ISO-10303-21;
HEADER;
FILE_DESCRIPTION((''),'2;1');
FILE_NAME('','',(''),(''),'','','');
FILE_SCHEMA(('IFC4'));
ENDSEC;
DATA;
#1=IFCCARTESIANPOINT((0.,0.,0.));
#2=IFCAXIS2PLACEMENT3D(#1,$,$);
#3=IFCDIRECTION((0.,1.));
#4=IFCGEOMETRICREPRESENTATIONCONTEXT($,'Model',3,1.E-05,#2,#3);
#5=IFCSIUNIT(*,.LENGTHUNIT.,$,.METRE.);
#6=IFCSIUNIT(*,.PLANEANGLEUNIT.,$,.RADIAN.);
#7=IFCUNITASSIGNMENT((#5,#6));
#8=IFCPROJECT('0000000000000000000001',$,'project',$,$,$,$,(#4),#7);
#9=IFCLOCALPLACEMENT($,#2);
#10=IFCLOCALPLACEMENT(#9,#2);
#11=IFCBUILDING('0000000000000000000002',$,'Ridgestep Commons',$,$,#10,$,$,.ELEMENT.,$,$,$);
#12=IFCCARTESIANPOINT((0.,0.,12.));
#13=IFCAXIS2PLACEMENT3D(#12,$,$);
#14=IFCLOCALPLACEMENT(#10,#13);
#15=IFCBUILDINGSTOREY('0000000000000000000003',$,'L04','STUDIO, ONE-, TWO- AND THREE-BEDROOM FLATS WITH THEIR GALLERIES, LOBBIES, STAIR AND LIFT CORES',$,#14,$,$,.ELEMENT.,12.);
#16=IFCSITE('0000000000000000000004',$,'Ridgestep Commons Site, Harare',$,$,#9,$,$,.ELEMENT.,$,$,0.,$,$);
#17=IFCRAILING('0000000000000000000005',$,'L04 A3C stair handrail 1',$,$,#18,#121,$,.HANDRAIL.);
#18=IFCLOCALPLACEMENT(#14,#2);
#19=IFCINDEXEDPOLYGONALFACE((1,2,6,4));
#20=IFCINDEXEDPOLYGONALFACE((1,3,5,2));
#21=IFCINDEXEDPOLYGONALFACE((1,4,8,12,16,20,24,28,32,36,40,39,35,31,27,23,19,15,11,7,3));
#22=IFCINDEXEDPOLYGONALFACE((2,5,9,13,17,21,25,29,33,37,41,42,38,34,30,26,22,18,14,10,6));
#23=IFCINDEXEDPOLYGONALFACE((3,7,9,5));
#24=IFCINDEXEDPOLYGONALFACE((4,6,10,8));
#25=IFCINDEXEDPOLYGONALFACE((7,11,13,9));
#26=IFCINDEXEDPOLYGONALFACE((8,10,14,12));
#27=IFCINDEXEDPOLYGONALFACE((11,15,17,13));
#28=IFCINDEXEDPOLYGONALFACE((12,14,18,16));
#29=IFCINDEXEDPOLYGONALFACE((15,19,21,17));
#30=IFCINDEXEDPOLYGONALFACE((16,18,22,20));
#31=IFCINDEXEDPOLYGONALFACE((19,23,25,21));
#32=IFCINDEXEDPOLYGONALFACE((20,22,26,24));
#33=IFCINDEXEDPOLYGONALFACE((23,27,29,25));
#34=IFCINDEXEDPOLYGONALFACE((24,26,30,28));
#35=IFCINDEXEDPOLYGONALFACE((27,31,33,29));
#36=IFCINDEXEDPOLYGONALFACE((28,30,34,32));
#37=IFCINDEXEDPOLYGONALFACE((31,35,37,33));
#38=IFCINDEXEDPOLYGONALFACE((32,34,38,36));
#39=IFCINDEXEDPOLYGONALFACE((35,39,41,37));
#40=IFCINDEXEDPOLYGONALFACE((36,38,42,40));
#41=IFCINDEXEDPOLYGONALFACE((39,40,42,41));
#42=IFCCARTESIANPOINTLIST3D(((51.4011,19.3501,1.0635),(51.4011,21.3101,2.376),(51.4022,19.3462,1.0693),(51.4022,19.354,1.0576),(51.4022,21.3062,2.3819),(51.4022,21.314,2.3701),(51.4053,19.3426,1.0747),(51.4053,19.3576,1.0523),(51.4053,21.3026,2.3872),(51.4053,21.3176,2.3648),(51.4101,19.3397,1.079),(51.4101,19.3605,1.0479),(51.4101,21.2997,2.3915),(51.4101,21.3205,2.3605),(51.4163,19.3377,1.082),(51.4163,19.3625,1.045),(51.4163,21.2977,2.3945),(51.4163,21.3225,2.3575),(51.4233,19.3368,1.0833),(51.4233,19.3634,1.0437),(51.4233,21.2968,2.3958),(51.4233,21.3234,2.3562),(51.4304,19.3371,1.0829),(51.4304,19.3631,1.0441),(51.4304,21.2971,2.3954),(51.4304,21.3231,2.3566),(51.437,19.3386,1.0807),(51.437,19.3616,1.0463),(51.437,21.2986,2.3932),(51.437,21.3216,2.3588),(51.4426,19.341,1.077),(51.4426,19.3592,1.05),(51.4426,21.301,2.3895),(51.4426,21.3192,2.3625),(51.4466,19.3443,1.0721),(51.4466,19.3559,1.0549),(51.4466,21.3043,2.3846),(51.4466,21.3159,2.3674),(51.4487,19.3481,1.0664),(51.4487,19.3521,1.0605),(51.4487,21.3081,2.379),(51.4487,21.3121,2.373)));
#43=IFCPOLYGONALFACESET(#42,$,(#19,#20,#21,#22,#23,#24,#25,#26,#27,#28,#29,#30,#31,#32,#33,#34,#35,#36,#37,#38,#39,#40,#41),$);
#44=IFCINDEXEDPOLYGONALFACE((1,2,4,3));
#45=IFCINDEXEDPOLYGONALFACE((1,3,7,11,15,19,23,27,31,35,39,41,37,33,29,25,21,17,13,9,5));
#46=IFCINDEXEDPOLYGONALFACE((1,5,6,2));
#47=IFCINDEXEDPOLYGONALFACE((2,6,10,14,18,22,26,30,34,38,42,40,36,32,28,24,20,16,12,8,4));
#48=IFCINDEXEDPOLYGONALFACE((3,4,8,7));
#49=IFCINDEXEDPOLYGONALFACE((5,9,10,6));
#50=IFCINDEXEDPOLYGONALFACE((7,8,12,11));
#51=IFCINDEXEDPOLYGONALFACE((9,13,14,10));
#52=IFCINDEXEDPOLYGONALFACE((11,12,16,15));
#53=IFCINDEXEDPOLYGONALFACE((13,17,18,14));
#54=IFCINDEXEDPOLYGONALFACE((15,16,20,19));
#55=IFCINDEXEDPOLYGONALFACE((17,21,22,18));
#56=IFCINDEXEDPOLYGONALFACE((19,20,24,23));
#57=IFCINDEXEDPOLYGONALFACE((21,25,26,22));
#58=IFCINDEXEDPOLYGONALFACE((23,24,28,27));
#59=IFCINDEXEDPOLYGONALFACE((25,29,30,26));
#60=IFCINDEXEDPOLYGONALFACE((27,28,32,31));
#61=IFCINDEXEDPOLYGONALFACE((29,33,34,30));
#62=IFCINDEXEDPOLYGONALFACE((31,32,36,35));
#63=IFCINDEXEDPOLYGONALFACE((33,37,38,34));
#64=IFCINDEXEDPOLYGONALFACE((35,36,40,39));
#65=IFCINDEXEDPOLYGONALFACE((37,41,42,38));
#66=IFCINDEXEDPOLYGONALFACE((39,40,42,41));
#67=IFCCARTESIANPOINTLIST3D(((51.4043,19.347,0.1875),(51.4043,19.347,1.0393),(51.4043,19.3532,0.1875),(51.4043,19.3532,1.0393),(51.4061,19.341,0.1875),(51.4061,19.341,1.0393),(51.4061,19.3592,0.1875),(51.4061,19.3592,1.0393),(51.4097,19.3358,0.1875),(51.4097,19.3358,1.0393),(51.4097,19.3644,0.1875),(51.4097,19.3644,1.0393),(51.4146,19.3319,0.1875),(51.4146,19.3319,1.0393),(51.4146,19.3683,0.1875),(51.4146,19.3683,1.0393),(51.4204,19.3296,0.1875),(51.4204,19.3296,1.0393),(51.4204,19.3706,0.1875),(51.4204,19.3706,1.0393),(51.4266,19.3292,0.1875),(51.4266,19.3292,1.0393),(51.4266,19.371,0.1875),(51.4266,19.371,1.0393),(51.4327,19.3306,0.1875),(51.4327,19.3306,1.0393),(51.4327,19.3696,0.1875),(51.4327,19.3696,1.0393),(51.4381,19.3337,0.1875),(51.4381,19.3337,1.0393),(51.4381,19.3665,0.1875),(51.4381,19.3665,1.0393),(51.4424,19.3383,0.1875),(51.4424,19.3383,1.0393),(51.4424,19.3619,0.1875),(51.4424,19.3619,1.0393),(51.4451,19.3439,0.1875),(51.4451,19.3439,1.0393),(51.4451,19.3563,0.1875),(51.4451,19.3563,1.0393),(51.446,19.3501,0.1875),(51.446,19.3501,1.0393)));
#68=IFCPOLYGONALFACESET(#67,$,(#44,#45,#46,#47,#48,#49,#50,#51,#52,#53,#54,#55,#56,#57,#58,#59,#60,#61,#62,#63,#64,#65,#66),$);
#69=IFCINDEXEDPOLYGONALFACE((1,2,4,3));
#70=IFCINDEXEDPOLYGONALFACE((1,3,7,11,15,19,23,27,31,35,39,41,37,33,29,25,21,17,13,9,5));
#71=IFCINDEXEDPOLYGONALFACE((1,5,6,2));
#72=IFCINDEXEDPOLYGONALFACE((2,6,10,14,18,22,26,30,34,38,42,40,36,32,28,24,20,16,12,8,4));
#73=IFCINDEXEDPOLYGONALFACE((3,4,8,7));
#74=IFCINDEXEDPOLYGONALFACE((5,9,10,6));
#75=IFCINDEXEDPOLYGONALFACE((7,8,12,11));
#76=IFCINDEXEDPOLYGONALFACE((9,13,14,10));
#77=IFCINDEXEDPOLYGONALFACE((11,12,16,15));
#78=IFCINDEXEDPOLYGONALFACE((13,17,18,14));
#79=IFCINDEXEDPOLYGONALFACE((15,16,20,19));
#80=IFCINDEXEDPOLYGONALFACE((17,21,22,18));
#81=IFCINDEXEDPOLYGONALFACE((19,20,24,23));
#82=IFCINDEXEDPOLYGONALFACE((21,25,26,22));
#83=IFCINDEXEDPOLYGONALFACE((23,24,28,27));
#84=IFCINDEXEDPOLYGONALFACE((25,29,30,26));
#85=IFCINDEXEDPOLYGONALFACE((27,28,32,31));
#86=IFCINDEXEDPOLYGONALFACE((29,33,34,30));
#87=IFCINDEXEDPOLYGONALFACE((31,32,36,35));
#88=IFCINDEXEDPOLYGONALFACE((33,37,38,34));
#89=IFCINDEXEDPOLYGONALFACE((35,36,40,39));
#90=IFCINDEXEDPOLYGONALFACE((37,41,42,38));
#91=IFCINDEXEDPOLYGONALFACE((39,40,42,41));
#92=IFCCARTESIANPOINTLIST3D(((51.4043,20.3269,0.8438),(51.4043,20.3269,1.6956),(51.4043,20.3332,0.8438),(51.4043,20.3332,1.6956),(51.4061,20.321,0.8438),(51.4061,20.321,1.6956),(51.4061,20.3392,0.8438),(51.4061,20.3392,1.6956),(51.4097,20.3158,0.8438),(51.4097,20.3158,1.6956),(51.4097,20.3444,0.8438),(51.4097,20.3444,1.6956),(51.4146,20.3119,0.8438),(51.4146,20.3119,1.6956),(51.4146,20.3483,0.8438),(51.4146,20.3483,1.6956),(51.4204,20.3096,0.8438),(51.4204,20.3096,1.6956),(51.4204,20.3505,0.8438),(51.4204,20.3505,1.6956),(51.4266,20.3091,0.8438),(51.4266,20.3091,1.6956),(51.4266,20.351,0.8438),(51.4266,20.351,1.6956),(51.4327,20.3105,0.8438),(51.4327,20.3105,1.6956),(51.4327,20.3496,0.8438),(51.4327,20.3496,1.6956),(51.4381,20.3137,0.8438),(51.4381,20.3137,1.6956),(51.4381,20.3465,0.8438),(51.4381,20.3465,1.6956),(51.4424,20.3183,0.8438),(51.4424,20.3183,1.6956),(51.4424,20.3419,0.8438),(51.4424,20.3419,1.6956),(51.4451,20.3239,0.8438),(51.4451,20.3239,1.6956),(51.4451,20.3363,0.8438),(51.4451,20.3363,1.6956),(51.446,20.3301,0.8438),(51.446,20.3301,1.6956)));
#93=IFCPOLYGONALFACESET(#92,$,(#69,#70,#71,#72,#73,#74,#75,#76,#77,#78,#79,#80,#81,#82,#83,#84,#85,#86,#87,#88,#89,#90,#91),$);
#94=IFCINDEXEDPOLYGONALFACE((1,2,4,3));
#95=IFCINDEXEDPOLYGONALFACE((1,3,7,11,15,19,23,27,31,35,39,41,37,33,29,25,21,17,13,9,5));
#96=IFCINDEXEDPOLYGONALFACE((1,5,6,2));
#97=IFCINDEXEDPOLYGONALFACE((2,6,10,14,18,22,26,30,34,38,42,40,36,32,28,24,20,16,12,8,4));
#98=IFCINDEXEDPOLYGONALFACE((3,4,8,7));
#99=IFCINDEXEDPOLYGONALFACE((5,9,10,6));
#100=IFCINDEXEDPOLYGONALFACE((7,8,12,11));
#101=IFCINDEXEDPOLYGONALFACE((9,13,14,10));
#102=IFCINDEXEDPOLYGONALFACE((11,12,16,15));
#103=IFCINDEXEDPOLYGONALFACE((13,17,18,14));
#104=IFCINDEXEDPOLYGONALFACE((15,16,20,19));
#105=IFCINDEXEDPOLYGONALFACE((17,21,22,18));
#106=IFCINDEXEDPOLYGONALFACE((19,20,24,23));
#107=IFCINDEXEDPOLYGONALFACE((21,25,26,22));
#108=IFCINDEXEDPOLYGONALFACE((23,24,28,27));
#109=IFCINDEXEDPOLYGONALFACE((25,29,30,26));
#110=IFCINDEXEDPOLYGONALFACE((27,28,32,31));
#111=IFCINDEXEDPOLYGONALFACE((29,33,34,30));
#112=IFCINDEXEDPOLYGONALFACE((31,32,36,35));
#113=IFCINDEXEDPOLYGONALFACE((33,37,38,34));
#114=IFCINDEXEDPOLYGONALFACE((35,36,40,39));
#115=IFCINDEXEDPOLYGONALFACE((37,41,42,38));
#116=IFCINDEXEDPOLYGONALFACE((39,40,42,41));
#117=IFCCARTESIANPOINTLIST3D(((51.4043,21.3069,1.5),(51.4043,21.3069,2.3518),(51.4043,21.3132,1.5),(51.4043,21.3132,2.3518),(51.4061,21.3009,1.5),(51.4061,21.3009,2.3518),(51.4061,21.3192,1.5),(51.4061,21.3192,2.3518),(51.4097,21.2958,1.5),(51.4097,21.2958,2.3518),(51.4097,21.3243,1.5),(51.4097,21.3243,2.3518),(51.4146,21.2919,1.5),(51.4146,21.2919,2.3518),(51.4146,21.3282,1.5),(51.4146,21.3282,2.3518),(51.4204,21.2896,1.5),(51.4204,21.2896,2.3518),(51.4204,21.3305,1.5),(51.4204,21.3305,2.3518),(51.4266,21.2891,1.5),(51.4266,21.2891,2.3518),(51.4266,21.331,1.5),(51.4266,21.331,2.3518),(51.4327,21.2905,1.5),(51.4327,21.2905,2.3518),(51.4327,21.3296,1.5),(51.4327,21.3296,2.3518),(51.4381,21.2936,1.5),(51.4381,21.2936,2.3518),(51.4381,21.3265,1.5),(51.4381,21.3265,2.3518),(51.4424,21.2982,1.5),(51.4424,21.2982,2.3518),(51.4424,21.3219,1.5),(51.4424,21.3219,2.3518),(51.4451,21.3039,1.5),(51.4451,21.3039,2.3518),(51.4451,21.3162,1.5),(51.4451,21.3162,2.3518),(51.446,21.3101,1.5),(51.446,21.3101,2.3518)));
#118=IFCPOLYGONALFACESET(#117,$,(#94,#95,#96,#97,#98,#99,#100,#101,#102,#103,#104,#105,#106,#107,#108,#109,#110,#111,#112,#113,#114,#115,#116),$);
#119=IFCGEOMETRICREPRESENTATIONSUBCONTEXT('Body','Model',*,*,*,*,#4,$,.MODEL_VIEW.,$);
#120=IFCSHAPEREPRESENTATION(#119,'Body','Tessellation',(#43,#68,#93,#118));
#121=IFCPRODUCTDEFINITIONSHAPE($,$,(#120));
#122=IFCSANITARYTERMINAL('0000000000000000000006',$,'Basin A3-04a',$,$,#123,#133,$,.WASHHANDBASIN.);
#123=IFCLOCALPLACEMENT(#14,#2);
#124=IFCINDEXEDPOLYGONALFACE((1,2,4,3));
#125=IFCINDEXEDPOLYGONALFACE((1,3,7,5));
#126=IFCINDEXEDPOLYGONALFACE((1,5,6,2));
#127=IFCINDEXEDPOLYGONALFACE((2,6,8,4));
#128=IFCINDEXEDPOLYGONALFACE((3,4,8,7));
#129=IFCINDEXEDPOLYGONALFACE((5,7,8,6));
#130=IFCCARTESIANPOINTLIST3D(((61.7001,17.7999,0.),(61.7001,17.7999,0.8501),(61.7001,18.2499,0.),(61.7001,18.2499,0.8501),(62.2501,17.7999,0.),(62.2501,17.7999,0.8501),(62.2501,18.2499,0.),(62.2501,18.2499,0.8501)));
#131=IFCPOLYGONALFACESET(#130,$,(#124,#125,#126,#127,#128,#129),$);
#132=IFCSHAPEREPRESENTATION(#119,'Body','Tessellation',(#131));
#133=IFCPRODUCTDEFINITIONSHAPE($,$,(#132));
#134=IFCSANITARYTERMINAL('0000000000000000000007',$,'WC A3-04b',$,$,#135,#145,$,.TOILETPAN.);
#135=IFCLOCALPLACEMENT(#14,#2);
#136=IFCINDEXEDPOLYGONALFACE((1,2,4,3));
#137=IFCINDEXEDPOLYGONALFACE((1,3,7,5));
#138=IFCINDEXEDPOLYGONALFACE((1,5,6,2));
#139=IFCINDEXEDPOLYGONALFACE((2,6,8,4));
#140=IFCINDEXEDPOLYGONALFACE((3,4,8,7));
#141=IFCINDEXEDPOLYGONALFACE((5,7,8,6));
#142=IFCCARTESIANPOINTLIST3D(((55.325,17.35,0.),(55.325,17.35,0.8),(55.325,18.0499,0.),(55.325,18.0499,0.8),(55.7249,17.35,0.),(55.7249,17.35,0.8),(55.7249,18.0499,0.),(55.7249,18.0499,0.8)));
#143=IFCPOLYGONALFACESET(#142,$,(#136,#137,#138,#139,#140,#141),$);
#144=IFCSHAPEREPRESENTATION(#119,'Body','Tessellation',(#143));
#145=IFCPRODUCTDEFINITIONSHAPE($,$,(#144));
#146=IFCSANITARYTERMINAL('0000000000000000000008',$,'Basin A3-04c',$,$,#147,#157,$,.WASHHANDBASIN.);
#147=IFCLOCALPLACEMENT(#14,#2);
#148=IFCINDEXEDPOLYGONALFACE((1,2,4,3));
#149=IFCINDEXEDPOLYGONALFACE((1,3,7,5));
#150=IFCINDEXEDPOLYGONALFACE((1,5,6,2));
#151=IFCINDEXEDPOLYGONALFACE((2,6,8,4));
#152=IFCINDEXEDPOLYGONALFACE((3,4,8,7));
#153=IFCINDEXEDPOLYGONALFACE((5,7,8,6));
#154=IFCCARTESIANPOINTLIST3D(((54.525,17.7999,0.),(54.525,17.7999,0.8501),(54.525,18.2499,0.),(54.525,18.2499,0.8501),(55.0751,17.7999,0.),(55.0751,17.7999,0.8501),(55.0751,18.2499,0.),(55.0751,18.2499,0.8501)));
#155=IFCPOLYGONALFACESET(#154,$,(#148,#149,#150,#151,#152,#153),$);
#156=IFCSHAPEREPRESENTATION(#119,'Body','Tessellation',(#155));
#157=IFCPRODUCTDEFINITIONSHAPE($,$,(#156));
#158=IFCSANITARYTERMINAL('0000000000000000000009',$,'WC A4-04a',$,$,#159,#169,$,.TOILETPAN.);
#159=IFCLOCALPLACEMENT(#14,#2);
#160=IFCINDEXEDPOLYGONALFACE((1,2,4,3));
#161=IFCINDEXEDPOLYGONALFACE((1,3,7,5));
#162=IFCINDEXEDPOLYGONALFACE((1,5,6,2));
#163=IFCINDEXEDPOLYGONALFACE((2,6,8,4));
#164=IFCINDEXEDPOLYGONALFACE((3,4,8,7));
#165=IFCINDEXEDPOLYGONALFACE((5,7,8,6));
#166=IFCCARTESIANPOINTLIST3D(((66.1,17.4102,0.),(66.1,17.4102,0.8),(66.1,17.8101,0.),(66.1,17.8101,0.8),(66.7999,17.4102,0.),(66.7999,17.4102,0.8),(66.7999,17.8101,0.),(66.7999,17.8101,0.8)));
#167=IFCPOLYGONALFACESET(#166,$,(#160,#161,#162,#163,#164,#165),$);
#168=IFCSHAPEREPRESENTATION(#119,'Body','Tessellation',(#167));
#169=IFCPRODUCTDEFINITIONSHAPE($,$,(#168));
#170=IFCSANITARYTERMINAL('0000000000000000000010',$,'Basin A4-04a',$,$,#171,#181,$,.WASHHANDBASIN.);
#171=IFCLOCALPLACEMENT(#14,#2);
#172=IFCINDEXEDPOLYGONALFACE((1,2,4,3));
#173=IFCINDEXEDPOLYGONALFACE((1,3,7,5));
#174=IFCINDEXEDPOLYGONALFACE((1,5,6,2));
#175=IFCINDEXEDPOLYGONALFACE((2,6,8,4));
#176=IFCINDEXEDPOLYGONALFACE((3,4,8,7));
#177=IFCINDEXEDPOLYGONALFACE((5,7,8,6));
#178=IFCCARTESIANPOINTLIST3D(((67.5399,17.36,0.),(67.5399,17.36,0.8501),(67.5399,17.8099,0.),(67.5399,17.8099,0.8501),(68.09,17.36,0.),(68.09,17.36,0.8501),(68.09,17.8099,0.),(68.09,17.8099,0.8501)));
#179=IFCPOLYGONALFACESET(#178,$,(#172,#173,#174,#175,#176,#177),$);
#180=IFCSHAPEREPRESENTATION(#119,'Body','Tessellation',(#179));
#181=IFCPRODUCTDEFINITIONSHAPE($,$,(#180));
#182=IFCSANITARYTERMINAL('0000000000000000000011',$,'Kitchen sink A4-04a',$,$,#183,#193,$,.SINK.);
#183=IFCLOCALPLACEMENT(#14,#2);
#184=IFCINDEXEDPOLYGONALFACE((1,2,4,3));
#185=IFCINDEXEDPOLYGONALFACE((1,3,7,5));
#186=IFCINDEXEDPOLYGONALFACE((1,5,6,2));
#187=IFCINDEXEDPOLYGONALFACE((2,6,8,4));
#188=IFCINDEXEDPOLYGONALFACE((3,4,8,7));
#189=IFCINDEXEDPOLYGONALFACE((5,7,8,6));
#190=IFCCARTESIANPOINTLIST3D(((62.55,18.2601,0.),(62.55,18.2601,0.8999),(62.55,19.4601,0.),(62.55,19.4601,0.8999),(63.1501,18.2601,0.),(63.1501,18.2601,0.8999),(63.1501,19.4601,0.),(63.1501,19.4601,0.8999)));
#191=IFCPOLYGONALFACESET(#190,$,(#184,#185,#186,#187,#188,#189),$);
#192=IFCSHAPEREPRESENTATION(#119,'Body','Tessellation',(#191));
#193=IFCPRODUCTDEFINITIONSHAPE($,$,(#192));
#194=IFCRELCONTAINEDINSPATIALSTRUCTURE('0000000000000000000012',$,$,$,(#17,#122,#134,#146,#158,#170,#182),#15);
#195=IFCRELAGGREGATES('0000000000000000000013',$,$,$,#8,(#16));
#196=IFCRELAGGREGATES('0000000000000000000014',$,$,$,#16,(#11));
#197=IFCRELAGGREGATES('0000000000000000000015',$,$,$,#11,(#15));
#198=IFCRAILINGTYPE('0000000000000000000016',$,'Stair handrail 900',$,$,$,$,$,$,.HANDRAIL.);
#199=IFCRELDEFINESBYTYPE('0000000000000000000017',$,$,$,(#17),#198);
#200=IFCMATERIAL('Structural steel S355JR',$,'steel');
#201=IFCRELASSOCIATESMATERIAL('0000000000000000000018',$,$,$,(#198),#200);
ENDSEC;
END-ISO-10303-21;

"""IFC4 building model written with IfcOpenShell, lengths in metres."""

from ifc_helpers import new_model, si_unit, direction, frame, origin, origin_2d, place, context, subcontext, project, spatial, rectangle, circle, extrude, material, type_object, element, save


model = new_model("IFC4")

# Units and contexts
model_context = context("Model", 3, precision=1e-05, world=origin(), true_north=direction((0.0, 1.0)))
body_context = subcontext(model_context, "Body", "Model", "MODEL_VIEW")
ifc_project = project(units=[si_unit("LENGTHUNIT", "METRE"), si_unit("PLANEANGLEUNIT", "RADIAN")], contexts=[model_context])

# Site, building, storey
site_placement = place(None, origin())
site = spatial("IfcSite", under=ifc_project, at=site_placement, Name="Ridgestep Commons Site, Harare", CompositionType="ELEMENT", RefElevation=0.0)
building_placement = place(site_placement, origin())
building = spatial("IfcBuilding", under=site, at=building_placement, Name="Ridgestep Commons", CompositionType="ELEMENT")
storey_placement = place(building_placement, frame((0.0, 0.0, 12.0)))
storey = spatial("IfcBuildingStorey", under=building, at=storey_placement, Name="L04", Description="STUDIO, ONE-, TWO- AND THREE-BEDROOM FLATS WITH THEIR GALLERIES, LOBBIES, STAIR AND LIFT CORES", CompositionType="ELEMENT", Elevation=12.0)

# Railing
ifc_material_1 = material(Name="Structural steel S355JR", Category="steel")
railing_type_1 = type_object("IfcRailingType", Name="Stair handrail 900", PredefinedType="HANDRAIL", material=ifc_material_1)
railing_1_placement = place(storey_placement, frame((51.425, 19.3501, 0.1875)))
element("IfcRailing", 1, at=railing_1_placement, inside=storey, type_object=railing_type_1, Name="L04 A3C stair handrail 1", PredefinedType="HANDRAIL", context=body_context, shape_type="SweptSolid", body=[
    extrude(circle(Radius=0.0239, at=origin_2d()), frame((0.0, 0.0, 0.876), z_axis=(0.0, 0.830902, 0.556419), x_axis=(-1.0, 0.0, 0.0)), (0.0, 0.0, 1.0), 2.3589),
    extrude(circle(Radius=0.021, at=origin_2d()), origin(), (0.0, 0.0, 1.0), 0.8518),
    extrude(circle(Radius=0.021, at=origin_2d()), frame((0.0, 0.98, 0.6562)), (0.0, 0.0, 1.0), 0.8518),
    extrude(circle(Radius=0.021, at=origin_2d()), frame((0.0, 1.96, 1.3125)), (0.0, 0.0, 1.0), 0.8518),
])

# Sanitary terminals
sanitary_terminal_1_placement = place(storey_placement, frame((61.9751, 18.0249, 0.0), z_axis=(0.0, 0.0, 1.0), x_axis=(1.0, 0.0, 0.0)))
element("IfcSanitaryTerminal", 2, at=sanitary_terminal_1_placement, inside=storey, Name="Basin A3-04a", PredefinedType="WASHHANDBASIN", context=body_context, shape_type="SweptSolid", body=[
    extrude(rectangle(XDim=0.55, YDim=0.45, at=origin_2d()), origin(), (0.0, 0.0, 1.0), 0.8501),
])
sanitary_terminal_2_placement = place(storey_placement, frame((55.5249, 17.7, 0.0), z_axis=(0.0, 0.0, 1.0), x_axis=(1.0, 0.0, 0.0)))
element("IfcSanitaryTerminal", 3, at=sanitary_terminal_2_placement, inside=storey, Name="WC A3-04b", PredefinedType="TOILETPAN", context=body_context, shape_type="SweptSolid", body=[
    extrude(rectangle(XDim=0.3999, YDim=0.7, at=origin_2d()), origin(), (0.0, 0.0, 1.0), 0.8),
])
sanitary_terminal_3_placement = place(storey_placement, frame((54.8, 18.0249, 0.0), z_axis=(0.0, 0.0, 1.0), x_axis=(1.0, 0.0, 0.0)))
element("IfcSanitaryTerminal", 4, at=sanitary_terminal_3_placement, inside=storey, Name="Basin A3-04c", PredefinedType="WASHHANDBASIN", context=body_context, shape_type="SweptSolid", body=[
    extrude(rectangle(XDim=0.55, YDim=0.45, at=origin_2d()), origin(), (0.0, 0.0, 1.0), 0.8501),
])
sanitary_terminal_4_placement = place(storey_placement, frame((66.45, 17.6101, 0.0), z_axis=(0.0, 0.0, 1.0), x_axis=(1.0, 0.0, 0.0)))
element("IfcSanitaryTerminal", 5, at=sanitary_terminal_4_placement, inside=storey, Name="WC A4-04a", PredefinedType="TOILETPAN", context=body_context, shape_type="SweptSolid", body=[
    extrude(rectangle(XDim=0.7, YDim=0.3999, at=origin_2d()), origin(), (0.0, 0.0, 1.0), 0.8),
])
sanitary_terminal_5_placement = place(storey_placement, frame((67.8149, 17.585, 0.0), z_axis=(0.0, 0.0, 1.0), x_axis=(1.0, 0.0, 0.0)))
element("IfcSanitaryTerminal", 6, at=sanitary_terminal_5_placement, inside=storey, Name="Basin A4-04a", PredefinedType="WASHHANDBASIN", context=body_context, shape_type="SweptSolid", body=[
    extrude(rectangle(XDim=0.55, YDim=0.45, at=origin_2d()), origin(), (0.0, 0.0, 1.0), 0.8501),
])
sanitary_terminal_6_placement = place(storey_placement, frame((62.8501, 18.8601, 0.0), z_axis=(0.0, 0.0, 1.0), x_axis=(1.0, 0.0, 0.0)))
element("IfcSanitaryTerminal", 7, at=sanitary_terminal_6_placement, inside=storey, Name="Kitchen sink A4-04a", PredefinedType="SINK", context=body_context, shape_type="SweptSolid", body=[
    extrude(rectangle(XDim=0.6001, YDim=1.2, at=origin_2d()), origin(), (0.0, 0.0, 1.0), 0.8999),
])

save(model, "model.ifc")
